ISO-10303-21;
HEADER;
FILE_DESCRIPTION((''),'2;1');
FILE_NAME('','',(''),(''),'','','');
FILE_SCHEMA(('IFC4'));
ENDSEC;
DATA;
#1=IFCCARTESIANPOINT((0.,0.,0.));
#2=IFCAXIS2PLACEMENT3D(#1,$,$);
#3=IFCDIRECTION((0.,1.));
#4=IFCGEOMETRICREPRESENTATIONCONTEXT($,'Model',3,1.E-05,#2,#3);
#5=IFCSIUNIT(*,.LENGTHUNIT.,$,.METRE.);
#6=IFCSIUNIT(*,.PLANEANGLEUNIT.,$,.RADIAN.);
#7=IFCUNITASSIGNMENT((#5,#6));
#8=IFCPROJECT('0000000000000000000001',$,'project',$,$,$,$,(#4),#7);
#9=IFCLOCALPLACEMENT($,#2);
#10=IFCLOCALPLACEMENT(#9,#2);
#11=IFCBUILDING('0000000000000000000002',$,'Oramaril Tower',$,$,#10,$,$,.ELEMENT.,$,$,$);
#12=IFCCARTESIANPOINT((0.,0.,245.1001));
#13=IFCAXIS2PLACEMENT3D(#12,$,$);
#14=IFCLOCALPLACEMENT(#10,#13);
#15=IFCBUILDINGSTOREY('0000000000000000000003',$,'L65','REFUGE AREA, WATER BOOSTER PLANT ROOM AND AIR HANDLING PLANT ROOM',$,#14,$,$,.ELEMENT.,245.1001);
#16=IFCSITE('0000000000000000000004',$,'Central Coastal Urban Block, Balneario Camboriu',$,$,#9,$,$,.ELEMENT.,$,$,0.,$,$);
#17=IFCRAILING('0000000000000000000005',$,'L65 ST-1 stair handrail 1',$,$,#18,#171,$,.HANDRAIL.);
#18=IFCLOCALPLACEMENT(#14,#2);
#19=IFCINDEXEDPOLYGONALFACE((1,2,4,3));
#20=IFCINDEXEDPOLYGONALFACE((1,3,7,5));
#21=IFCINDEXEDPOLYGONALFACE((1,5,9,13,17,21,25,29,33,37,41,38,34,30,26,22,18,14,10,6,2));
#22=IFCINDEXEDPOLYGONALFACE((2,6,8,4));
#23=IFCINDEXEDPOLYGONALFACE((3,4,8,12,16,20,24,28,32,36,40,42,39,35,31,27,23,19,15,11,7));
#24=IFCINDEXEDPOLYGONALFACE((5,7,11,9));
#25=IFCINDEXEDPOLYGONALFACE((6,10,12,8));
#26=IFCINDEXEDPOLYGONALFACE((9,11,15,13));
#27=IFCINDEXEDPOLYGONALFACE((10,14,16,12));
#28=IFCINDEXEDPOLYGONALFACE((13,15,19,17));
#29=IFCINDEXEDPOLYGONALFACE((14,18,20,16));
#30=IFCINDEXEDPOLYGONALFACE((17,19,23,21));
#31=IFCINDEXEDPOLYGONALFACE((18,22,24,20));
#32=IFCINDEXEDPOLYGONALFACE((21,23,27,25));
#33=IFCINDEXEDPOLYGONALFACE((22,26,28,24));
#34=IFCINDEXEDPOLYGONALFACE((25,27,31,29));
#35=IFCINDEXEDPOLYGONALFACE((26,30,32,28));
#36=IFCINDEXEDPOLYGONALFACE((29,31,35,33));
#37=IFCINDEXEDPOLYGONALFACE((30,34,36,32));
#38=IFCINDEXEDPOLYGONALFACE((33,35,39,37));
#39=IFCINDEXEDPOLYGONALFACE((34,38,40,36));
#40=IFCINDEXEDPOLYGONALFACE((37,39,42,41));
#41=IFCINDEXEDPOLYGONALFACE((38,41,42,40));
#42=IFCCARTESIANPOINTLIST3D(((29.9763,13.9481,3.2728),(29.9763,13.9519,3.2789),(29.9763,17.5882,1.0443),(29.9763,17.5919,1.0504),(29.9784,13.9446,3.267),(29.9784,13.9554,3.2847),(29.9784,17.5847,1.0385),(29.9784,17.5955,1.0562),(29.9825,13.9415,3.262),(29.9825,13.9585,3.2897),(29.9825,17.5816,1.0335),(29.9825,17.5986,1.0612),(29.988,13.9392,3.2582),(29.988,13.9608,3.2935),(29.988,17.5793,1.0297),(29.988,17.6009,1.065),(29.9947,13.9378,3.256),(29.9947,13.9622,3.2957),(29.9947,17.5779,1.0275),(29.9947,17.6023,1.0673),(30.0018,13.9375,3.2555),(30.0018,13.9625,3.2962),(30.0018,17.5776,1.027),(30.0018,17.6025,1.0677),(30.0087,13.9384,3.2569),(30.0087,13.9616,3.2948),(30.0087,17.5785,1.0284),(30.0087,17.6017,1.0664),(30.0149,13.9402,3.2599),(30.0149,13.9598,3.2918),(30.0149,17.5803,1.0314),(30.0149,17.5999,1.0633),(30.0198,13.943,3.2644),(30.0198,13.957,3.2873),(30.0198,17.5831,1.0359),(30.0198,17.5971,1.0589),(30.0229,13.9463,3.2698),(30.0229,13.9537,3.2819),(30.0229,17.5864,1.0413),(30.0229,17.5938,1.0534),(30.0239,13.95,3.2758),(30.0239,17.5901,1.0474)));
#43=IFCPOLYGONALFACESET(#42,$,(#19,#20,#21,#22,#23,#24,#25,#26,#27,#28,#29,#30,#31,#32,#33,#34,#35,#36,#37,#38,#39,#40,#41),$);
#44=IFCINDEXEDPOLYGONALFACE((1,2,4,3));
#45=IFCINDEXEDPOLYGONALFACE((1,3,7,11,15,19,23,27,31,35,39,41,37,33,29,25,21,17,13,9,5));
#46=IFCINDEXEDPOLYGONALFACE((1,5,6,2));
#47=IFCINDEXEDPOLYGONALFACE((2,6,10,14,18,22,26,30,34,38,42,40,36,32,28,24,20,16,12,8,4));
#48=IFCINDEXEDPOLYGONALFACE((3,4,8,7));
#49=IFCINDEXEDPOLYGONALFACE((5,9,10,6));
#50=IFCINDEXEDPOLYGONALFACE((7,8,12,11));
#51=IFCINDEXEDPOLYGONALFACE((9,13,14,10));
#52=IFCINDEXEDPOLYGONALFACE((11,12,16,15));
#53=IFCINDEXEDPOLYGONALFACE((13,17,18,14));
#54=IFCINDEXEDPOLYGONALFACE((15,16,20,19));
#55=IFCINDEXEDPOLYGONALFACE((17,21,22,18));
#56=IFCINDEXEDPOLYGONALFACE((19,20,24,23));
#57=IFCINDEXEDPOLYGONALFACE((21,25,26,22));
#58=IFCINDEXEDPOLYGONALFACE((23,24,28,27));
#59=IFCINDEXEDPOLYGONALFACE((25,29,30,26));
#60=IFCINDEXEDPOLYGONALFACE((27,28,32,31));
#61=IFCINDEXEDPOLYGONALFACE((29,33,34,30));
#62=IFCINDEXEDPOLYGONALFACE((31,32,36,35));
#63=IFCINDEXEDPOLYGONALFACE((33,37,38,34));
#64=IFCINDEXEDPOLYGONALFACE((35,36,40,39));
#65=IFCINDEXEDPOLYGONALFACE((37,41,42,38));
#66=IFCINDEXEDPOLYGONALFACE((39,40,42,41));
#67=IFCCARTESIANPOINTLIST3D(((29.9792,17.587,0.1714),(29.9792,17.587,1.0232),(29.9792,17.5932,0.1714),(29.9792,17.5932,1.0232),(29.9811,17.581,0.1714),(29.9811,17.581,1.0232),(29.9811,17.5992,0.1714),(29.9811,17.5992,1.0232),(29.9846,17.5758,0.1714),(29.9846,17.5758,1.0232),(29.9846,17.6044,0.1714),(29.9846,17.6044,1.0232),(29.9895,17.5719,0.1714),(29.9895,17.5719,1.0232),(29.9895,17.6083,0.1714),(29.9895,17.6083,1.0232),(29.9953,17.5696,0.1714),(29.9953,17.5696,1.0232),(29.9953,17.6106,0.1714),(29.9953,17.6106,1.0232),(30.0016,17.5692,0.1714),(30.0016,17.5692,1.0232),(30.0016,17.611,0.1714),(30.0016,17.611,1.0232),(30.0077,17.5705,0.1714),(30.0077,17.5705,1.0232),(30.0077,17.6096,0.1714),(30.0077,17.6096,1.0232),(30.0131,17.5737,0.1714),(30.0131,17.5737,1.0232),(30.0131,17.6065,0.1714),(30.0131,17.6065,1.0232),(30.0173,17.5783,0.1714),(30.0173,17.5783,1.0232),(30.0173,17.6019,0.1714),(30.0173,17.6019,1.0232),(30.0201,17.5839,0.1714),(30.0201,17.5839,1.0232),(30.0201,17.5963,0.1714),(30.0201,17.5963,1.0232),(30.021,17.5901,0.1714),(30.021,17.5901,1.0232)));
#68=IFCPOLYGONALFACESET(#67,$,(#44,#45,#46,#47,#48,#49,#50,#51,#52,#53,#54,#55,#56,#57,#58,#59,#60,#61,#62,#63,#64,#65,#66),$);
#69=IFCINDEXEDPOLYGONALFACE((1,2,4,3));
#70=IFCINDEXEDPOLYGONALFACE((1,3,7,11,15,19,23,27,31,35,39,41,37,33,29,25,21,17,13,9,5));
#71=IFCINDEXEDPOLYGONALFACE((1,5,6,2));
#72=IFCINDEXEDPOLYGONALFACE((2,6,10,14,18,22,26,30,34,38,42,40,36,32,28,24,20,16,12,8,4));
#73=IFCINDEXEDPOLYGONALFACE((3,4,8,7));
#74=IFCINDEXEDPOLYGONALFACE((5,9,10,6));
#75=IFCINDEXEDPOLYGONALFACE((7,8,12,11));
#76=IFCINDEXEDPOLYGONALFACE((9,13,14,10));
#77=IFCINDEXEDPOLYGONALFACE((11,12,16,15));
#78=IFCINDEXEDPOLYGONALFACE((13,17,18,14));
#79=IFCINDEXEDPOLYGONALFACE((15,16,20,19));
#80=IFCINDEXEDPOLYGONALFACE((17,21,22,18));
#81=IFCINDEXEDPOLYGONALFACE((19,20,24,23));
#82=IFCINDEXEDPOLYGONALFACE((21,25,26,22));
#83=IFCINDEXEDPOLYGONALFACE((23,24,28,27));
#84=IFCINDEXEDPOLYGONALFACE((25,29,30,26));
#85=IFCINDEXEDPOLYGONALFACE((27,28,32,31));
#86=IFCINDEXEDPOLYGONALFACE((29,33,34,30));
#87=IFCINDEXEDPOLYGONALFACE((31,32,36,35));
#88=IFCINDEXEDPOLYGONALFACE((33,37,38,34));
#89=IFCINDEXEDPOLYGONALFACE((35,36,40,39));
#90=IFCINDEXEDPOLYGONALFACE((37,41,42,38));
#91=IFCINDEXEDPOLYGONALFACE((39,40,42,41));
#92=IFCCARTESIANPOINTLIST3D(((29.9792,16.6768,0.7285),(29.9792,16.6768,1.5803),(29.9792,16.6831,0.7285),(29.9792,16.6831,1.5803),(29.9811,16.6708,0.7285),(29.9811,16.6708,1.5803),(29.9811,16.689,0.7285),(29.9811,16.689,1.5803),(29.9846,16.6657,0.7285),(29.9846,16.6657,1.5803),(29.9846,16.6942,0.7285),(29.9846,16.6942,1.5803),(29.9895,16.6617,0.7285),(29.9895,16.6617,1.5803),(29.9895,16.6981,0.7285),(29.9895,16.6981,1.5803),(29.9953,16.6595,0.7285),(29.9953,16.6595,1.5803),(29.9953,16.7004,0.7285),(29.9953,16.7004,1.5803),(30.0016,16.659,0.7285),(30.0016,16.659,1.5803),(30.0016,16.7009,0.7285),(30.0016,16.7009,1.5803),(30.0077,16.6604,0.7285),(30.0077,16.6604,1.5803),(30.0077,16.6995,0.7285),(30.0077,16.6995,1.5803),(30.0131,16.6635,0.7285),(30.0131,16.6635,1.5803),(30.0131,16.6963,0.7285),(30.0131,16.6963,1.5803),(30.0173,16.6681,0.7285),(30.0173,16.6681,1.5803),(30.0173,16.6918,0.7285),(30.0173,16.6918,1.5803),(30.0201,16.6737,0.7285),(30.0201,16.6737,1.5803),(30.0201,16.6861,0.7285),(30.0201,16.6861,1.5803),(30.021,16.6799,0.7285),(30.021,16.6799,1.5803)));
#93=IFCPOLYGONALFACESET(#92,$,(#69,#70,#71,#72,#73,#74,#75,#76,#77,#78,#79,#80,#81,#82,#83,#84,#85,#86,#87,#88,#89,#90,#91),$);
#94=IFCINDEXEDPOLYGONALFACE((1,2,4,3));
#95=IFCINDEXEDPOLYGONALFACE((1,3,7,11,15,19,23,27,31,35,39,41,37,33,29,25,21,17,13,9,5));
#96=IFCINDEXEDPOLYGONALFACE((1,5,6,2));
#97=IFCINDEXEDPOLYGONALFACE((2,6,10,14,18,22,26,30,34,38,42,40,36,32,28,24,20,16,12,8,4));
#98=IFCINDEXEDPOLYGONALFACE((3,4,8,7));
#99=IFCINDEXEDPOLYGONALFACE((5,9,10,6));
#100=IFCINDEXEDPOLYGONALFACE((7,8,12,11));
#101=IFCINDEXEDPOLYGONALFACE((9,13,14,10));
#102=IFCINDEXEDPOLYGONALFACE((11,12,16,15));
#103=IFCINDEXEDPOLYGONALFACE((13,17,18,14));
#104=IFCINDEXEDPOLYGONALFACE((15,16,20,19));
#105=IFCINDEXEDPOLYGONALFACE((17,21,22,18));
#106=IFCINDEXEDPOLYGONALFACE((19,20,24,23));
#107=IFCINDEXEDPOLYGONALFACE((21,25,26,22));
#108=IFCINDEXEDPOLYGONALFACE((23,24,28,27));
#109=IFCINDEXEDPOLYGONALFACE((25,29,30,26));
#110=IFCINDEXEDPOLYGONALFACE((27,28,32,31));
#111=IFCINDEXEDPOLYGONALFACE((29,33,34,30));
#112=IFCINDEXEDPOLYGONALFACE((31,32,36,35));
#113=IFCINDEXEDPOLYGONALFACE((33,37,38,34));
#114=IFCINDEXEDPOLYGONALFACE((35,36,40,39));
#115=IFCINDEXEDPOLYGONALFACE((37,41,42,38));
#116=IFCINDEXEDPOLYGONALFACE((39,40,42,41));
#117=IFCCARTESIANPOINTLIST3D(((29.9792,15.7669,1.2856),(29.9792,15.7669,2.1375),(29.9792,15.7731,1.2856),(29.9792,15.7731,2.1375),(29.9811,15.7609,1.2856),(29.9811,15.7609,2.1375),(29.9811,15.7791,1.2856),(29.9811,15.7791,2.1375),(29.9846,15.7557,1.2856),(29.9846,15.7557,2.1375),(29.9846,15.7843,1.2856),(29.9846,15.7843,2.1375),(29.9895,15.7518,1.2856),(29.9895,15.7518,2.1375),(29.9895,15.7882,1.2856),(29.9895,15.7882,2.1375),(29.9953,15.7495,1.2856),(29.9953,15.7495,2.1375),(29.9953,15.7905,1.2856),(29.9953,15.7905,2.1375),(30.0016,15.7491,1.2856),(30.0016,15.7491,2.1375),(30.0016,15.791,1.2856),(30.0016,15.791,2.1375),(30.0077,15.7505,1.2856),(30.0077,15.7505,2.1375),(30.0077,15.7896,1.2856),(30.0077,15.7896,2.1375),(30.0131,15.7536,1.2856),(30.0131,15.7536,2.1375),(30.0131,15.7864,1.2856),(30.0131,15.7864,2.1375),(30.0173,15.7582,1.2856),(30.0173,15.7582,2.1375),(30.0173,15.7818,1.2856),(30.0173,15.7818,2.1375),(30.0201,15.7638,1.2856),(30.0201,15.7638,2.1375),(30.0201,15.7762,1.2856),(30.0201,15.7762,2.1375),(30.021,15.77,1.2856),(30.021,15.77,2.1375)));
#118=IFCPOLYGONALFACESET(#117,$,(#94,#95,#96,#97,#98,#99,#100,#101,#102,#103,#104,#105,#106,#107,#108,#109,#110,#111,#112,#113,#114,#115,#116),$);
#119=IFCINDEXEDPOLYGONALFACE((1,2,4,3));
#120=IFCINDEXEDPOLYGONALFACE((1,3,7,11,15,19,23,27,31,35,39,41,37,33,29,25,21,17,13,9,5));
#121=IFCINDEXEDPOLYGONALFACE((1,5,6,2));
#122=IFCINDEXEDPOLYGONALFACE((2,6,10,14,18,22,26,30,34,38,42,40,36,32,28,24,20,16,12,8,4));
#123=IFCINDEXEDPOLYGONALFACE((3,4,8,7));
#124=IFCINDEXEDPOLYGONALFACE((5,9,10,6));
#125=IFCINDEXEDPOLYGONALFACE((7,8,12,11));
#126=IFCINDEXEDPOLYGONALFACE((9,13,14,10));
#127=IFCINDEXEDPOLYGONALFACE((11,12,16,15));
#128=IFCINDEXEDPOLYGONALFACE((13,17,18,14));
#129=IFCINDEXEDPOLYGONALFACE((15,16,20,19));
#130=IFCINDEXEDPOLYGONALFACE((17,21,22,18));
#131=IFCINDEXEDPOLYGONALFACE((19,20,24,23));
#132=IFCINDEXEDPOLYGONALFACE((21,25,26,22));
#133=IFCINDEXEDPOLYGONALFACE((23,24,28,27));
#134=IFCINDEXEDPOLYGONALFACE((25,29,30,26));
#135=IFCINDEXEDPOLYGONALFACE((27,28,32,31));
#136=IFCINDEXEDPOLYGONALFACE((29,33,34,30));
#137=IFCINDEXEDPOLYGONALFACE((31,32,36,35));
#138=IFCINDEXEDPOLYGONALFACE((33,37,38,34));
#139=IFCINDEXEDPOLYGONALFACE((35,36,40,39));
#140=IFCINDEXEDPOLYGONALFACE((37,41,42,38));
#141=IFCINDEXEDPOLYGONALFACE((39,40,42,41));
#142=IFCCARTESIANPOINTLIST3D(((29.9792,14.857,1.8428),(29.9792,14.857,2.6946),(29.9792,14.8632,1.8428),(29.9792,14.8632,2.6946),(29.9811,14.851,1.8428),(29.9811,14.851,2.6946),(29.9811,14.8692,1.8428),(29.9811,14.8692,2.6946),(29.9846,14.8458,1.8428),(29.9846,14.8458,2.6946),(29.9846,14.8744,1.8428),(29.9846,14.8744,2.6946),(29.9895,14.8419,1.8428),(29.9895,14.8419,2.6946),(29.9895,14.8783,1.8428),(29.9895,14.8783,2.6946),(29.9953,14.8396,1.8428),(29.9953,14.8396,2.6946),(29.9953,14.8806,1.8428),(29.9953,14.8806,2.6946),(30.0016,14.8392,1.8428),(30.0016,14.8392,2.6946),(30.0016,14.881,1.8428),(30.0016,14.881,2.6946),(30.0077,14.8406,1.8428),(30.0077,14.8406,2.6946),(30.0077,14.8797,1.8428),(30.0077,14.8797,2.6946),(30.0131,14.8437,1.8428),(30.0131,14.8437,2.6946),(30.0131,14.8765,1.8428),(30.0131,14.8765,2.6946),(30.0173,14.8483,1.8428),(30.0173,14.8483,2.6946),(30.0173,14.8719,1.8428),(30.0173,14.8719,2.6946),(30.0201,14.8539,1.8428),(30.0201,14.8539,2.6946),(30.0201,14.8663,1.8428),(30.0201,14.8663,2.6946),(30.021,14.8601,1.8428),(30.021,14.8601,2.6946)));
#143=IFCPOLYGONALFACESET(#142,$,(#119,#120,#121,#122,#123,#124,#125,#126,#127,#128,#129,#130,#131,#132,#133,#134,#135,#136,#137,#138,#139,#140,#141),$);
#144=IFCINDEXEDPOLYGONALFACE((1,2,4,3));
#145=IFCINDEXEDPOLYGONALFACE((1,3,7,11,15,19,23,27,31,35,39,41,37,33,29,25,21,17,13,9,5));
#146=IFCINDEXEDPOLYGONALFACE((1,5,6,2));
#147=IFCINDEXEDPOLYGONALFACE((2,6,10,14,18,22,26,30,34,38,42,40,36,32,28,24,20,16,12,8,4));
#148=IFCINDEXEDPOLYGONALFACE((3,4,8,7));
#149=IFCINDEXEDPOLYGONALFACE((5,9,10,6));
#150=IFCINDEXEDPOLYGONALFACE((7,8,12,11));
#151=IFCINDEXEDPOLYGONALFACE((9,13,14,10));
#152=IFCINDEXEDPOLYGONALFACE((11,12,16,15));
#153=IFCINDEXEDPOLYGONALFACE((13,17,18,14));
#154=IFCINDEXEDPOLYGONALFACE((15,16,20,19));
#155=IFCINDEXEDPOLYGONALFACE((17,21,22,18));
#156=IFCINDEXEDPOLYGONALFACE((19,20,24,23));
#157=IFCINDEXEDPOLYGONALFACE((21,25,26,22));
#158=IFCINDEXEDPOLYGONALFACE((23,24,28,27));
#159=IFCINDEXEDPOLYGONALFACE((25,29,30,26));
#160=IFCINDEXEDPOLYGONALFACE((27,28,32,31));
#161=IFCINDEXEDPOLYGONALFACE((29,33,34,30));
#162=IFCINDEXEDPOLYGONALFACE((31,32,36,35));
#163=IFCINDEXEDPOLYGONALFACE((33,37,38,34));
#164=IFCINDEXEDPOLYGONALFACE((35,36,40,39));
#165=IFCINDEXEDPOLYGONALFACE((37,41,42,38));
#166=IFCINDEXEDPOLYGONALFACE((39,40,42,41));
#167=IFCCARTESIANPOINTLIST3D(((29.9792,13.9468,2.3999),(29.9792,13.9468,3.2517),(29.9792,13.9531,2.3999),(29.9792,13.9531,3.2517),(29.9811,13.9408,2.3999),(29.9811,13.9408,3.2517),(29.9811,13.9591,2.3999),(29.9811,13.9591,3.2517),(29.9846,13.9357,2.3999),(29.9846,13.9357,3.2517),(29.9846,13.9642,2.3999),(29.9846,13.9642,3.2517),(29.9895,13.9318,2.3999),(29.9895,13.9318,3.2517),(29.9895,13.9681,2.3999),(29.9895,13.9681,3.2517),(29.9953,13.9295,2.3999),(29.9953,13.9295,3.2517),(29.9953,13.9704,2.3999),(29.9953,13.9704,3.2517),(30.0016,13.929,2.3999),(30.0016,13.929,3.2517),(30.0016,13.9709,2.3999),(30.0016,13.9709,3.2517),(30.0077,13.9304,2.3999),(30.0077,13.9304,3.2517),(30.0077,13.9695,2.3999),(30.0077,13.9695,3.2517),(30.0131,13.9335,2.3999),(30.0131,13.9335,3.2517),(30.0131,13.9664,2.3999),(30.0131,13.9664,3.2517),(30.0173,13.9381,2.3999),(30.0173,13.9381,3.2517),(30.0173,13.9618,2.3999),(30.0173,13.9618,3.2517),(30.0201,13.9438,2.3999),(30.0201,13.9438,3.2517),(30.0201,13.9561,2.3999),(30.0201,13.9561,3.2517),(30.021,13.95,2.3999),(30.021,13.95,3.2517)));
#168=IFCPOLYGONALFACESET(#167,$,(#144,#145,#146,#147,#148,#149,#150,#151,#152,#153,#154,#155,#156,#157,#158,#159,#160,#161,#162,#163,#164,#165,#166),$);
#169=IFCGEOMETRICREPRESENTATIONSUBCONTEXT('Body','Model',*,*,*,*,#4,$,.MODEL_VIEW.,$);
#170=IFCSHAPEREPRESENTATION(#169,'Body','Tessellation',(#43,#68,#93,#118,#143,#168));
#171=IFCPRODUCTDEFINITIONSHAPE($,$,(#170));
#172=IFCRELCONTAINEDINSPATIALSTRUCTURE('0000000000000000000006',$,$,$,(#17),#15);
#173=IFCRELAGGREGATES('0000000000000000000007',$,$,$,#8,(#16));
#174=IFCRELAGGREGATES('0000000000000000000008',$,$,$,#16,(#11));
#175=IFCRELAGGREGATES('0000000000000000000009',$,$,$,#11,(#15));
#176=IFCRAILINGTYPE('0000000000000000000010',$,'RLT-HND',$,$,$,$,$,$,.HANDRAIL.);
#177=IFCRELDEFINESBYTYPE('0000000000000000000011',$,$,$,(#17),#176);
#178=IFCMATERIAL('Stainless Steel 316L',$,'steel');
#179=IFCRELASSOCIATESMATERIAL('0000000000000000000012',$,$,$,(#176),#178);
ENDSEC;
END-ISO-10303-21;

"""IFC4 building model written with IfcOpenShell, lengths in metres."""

from ifc_helpers import new_model, si_unit, direction, frame, origin, origin_2d, place, context, subcontext, project, spatial, circle, extrude, material, type_object, element, save


model = new_model("IFC4")

# Units and contexts
model_context = context("Model", 3, precision=1e-05, world=origin(), true_north=direction((0.0, 1.0)))
body_context = subcontext(model_context, "Body", "Model", "MODEL_VIEW")
ifc_project = project(units=[si_unit("LENGTHUNIT", "METRE"), si_unit("PLANEANGLEUNIT", "RADIAN")], contexts=[model_context])

# Site, building, storey
site_placement = place(None, origin())
site = spatial("IfcSite", under=ifc_project, at=site_placement, Name="Central Coastal Urban Block, Balneario Camboriu", CompositionType="ELEMENT", RefElevation=0.0)
building_placement = place(site_placement, origin())
building = spatial("IfcBuilding", under=site, at=building_placement, Name="Oramaril Tower", CompositionType="ELEMENT")
storey_placement = place(building_placement, frame((0.0, 0.0, 245.1001)))
storey = spatial("IfcBuildingStorey", under=building, at=storey_placement, Name="L65", Description="REFUGE AREA, WATER BOOSTER PLANT ROOM AND AIR HANDLING PLANT ROOM", CompositionType="ELEMENT", Elevation=245.1001)

# Railing
ifc_material_1 = material(Name="Stainless Steel 316L", Category="steel")
railing_type_1 = type_object("IfcRailingType", Name="RLT-HND", PredefinedType="HANDRAIL", material=ifc_material_1)
railing_1_placement = place(storey_placement, frame((30.0, 17.5901, 0.1714)))
element("IfcRailing", 1, at=railing_1_placement, inside=storey, type_object=railing_type_1, Name="L65 ST-1 stair handrail 1", PredefinedType="HANDRAIL", context=body_context, shape_type="SweptSolid", body=[
    extrude(circle(Radius=0.0239, at=origin_2d()), frame((0.0, 0.0, 0.876), z_axis=(0.0, -0.852866, 0.52213), x_axis=(1.0, 0.0, 0.0)), (0.0, 0.0, 1.0), 4.2681),
    extrude(circle(Radius=0.021, at=origin_2d()), origin(), (0.0, 0.0, 1.0), 0.8518),
    extrude(circle(Radius=0.021, at=origin_2d()), frame((0.0, -0.9102, 0.5571)), (0.0, 0.0, 1.0), 0.8518),
    extrude(circle(Radius=0.021, at=origin_2d()), frame((0.0, -1.8201, 1.1143)), (0.0, 0.0, 1.0), 0.8518),
    extrude(circle(Radius=0.021, at=origin_2d()), frame((0.0, -2.73, 1.6714)), (0.0, 0.0, 1.0), 0.8518),
    extrude(circle(Radius=0.021, at=origin_2d()), frame((0.0, -3.6401, 2.2285)), (0.0, 0.0, 1.0), 0.8518),
])

save(model, "model.ifc")
